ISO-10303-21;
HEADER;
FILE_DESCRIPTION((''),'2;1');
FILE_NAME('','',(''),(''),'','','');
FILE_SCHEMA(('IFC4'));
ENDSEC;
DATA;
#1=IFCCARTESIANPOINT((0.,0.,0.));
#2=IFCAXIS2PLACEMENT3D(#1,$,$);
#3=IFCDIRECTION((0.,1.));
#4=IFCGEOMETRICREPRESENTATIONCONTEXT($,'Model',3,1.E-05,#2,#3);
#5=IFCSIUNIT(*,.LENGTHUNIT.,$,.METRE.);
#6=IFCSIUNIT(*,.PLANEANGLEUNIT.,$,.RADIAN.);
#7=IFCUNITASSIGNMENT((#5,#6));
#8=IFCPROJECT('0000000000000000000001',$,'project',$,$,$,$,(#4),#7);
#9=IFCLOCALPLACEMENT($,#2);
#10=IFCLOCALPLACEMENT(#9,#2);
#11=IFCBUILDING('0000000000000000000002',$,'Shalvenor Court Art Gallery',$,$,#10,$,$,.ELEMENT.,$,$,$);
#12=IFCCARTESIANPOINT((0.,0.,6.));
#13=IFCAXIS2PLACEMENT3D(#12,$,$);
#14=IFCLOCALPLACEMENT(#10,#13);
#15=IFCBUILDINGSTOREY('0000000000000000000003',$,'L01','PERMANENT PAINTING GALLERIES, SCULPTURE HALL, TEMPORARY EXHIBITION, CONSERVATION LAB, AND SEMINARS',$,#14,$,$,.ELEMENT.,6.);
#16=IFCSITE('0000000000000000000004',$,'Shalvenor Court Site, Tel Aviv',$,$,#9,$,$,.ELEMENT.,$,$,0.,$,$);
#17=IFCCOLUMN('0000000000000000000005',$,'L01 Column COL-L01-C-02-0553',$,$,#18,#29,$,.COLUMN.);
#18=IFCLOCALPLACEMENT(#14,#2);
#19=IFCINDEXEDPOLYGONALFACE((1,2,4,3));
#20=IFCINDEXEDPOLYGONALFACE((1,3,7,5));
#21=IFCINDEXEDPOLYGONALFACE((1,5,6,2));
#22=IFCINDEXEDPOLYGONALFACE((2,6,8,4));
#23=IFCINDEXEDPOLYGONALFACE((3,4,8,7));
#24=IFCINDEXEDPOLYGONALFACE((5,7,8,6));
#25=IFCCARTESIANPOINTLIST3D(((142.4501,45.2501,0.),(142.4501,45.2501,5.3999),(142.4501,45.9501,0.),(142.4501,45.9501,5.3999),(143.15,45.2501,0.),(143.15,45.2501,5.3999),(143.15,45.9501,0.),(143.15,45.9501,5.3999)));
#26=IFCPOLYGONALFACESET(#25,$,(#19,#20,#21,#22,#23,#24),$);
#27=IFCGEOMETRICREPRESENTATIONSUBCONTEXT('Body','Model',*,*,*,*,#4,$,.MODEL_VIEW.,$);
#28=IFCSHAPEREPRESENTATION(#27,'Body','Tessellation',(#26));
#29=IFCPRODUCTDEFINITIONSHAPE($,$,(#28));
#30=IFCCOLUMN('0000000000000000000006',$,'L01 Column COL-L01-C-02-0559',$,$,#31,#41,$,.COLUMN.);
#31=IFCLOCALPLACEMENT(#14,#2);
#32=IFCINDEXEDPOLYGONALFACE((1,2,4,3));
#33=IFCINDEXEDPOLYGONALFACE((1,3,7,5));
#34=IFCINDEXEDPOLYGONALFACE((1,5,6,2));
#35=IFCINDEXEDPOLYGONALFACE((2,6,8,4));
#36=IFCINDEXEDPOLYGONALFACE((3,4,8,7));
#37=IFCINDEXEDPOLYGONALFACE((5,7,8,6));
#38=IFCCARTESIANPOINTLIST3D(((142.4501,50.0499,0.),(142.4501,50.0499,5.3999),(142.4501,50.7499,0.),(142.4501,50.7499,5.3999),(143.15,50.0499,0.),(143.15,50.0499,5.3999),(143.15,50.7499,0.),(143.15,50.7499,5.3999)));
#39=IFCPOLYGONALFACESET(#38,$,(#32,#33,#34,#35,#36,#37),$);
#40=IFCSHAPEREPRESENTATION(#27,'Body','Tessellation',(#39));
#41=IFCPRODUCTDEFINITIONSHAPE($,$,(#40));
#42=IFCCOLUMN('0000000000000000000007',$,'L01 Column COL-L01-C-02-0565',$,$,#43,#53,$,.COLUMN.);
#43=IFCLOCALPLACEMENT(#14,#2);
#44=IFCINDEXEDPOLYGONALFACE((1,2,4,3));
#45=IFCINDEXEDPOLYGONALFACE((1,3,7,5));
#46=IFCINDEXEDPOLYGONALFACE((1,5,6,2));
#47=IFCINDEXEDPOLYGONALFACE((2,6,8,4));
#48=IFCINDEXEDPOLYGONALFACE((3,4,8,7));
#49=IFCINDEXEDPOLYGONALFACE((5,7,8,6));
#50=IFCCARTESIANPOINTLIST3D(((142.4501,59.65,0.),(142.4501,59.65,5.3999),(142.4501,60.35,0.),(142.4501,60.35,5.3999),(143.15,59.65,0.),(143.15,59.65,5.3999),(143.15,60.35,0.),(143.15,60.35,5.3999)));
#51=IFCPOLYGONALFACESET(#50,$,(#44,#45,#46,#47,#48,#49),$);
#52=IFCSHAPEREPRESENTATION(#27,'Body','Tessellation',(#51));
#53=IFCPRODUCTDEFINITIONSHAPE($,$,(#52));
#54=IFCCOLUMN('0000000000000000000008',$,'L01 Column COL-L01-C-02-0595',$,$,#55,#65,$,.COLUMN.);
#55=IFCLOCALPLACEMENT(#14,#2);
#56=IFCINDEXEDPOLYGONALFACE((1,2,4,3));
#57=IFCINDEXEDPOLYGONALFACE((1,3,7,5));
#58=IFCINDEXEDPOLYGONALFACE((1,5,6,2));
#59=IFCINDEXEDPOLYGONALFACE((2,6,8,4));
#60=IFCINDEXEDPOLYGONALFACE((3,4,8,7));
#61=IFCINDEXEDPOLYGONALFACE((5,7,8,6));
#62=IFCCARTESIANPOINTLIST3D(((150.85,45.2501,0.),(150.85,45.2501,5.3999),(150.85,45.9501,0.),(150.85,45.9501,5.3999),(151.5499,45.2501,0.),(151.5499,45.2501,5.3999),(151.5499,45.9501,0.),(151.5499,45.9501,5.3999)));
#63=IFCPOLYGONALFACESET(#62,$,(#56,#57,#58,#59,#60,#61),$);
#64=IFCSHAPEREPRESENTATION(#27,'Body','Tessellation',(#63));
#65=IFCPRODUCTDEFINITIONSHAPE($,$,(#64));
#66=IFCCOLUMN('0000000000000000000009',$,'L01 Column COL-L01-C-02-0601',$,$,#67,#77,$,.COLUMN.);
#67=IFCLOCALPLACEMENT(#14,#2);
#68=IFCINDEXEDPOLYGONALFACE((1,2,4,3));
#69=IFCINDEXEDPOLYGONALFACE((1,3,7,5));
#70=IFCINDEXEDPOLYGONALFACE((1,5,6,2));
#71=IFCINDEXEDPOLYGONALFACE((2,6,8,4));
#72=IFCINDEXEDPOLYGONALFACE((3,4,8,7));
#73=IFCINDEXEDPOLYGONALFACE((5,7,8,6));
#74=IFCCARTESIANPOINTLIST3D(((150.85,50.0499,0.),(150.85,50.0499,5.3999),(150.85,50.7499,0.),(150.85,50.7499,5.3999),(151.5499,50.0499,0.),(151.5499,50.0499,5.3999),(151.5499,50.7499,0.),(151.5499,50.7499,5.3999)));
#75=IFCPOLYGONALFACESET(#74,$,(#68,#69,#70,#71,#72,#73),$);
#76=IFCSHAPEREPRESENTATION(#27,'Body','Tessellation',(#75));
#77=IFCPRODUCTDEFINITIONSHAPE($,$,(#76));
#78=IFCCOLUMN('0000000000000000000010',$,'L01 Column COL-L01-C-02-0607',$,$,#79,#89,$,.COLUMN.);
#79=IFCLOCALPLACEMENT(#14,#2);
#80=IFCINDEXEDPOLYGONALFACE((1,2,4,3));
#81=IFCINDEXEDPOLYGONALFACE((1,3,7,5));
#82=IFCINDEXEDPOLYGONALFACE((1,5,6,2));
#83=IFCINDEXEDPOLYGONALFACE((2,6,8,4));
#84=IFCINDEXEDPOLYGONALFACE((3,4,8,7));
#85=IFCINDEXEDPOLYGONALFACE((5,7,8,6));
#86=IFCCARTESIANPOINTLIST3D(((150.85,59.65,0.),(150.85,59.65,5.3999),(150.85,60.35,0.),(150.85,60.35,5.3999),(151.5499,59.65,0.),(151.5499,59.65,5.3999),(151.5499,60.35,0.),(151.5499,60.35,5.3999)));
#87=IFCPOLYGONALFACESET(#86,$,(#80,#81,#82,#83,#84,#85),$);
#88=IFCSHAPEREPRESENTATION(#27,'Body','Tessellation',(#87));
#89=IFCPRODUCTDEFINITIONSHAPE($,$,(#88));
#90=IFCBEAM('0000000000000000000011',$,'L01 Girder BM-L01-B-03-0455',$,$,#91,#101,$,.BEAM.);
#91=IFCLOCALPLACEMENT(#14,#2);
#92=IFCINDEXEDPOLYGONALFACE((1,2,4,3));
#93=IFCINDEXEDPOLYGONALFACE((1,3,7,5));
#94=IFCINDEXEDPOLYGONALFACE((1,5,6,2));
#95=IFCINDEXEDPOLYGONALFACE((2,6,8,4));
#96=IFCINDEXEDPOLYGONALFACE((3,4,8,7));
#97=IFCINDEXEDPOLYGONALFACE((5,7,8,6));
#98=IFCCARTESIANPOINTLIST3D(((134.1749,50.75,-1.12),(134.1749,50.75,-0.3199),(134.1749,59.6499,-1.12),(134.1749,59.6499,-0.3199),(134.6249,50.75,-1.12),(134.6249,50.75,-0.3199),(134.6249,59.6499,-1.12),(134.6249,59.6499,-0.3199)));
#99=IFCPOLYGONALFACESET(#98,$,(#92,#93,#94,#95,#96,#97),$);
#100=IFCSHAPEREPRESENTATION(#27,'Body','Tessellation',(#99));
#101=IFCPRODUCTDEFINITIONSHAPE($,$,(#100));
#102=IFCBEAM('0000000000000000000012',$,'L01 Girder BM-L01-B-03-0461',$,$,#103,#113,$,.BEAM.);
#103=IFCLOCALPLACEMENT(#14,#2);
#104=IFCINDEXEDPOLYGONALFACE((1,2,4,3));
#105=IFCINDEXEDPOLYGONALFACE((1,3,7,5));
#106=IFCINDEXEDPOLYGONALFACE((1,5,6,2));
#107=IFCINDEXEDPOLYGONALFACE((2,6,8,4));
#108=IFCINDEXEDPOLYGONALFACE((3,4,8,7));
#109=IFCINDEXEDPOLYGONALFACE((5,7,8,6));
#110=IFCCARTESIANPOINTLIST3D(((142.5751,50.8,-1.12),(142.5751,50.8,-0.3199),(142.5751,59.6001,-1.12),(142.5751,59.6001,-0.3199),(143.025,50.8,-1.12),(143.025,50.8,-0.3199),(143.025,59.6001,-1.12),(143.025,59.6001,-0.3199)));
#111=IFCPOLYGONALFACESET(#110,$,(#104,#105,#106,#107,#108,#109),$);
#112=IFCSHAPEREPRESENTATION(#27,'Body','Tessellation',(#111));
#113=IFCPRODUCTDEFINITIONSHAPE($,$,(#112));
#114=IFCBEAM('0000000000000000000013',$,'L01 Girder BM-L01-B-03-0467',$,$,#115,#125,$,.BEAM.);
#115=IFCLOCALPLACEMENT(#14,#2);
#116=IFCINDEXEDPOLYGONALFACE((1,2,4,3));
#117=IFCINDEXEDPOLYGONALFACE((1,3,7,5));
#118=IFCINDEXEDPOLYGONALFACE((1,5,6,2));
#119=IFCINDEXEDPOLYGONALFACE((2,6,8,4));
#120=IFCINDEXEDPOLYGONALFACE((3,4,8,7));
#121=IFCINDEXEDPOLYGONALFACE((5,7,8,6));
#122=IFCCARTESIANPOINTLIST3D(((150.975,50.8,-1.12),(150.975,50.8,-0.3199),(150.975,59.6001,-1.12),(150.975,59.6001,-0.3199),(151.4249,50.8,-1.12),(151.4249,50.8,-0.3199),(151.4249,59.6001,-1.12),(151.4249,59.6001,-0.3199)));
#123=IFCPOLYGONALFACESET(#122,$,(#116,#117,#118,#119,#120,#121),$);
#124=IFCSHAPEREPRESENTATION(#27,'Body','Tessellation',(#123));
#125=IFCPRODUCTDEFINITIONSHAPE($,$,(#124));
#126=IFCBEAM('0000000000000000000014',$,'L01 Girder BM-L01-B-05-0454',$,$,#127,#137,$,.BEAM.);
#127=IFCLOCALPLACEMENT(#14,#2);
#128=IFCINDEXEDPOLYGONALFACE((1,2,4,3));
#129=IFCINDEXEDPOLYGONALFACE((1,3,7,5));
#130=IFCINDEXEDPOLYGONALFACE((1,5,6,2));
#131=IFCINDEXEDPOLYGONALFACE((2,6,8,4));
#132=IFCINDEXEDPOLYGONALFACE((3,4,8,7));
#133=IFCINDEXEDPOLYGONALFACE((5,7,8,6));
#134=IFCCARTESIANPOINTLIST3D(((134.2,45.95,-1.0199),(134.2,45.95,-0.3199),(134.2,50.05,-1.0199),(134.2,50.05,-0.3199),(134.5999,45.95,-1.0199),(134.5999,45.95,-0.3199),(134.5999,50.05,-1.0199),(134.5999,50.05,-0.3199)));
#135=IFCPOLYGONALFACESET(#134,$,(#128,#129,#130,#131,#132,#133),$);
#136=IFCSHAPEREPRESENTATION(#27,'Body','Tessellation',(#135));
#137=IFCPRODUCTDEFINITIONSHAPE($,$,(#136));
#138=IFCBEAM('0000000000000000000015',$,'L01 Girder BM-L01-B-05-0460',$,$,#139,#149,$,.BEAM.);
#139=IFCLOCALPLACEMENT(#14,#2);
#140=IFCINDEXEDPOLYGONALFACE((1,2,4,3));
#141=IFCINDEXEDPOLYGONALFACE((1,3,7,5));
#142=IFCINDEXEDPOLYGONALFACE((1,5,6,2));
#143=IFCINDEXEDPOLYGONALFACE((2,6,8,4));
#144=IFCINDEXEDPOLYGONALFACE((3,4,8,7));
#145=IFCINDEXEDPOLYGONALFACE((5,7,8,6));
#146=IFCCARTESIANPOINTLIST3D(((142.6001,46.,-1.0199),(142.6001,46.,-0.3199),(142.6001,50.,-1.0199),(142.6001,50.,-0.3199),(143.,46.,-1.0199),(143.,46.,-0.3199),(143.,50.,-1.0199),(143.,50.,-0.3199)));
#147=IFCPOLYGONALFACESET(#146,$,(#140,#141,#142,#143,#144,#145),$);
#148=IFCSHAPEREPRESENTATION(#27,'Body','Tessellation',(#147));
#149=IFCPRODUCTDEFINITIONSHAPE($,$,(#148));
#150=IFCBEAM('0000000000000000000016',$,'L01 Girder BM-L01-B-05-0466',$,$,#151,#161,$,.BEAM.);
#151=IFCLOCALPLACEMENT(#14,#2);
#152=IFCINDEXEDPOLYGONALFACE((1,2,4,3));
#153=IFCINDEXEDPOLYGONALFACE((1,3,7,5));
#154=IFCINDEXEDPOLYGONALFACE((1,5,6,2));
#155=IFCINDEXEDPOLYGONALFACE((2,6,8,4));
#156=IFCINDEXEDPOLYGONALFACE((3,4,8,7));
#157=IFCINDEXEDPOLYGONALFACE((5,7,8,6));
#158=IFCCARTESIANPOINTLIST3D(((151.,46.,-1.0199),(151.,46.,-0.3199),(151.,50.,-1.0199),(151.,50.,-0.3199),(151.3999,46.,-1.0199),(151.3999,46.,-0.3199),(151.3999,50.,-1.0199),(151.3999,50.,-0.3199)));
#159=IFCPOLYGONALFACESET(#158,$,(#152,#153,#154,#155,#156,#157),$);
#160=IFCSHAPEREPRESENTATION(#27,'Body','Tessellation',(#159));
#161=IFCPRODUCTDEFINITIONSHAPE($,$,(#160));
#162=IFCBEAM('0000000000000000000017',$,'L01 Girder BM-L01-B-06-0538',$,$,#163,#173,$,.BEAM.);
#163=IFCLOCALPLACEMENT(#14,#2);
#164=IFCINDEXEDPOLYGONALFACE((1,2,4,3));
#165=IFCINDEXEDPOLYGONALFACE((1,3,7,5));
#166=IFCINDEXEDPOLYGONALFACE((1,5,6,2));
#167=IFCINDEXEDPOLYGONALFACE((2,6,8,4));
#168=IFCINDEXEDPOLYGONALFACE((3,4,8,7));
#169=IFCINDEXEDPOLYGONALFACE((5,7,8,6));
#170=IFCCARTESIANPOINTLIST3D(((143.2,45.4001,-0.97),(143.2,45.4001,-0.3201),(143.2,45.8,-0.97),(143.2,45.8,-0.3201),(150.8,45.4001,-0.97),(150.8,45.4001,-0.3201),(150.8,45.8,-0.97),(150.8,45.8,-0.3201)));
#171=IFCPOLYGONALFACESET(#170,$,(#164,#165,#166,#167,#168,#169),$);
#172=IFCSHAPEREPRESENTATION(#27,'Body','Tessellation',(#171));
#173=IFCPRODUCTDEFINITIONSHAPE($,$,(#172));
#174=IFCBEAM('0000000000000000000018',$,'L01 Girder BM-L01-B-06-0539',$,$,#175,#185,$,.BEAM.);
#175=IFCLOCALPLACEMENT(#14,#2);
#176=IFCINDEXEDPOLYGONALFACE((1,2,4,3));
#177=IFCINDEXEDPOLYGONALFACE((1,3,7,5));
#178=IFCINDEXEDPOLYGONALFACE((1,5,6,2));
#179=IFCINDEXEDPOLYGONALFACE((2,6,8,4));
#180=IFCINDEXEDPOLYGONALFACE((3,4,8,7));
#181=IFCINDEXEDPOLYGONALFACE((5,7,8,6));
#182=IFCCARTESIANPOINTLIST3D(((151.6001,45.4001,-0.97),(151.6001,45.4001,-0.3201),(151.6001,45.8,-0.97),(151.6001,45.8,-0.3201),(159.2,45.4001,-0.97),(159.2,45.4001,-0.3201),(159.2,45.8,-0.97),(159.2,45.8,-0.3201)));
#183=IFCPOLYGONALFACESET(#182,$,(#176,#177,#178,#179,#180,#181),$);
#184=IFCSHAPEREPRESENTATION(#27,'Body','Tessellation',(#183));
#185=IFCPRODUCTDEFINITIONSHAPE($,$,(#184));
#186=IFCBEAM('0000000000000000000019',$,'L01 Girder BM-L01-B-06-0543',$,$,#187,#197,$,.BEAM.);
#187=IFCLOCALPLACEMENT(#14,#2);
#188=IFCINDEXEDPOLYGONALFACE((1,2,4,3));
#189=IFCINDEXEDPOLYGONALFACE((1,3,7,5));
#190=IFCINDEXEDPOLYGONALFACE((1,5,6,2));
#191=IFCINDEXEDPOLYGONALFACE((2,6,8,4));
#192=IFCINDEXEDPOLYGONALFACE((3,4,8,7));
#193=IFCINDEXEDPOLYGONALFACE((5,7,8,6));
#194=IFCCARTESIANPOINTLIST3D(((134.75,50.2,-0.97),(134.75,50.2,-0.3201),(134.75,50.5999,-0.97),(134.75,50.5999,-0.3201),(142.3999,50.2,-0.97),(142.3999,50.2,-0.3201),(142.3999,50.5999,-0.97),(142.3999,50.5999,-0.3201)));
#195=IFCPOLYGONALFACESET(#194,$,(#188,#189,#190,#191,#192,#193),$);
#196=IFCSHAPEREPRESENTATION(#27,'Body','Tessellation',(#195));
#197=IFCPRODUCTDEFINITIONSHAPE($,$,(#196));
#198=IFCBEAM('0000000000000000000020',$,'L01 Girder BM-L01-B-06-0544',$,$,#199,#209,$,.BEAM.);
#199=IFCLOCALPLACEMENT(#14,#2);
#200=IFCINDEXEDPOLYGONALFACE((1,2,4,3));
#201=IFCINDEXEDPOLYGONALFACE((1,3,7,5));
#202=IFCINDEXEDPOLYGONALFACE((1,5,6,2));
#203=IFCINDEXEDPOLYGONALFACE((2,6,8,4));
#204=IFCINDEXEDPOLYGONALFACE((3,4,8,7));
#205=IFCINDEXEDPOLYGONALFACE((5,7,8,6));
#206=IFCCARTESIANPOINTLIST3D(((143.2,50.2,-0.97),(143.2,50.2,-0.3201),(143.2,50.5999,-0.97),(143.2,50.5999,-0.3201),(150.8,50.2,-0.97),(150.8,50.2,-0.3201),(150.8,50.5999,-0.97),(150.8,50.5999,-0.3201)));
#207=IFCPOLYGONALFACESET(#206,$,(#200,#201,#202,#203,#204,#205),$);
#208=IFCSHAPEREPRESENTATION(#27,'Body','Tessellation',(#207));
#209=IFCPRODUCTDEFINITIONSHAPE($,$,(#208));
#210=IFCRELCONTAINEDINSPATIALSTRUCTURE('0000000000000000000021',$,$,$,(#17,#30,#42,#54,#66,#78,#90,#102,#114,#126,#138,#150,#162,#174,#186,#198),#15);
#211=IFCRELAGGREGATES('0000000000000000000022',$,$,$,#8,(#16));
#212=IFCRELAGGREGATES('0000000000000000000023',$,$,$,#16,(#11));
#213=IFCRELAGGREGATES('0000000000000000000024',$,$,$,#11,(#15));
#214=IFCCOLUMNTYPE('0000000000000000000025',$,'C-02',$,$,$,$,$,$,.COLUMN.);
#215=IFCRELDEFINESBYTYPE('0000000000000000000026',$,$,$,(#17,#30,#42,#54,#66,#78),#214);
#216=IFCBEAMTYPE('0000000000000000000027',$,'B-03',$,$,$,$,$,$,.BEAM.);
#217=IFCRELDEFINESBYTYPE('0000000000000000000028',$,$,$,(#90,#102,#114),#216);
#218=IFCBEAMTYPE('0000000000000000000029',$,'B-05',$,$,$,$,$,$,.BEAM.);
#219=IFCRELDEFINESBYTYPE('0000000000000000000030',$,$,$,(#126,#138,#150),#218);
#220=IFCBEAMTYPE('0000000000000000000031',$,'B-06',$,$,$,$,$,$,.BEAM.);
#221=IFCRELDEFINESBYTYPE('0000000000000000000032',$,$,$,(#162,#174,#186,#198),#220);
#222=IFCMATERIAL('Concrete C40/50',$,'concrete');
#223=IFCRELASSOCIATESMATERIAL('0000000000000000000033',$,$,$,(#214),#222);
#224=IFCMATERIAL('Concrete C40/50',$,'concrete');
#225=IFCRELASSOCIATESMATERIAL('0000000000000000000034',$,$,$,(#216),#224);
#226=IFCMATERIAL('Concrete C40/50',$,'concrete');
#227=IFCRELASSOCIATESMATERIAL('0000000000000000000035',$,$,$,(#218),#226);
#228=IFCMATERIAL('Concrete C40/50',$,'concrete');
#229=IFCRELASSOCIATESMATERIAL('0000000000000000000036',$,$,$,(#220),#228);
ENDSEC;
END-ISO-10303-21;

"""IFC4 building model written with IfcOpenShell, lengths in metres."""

from ifc_helpers import new_model, si_unit, direction, frame, origin, origin_2d, place, context, subcontext, project, spatial, rectangle, extrude, material, material_profile, profile_set, type_object, element, save


model = new_model("IFC4")

# Units and contexts
model_context = context("Model", 3, precision=1e-05, world=origin(), true_north=direction((0.0, 1.0)))
body_context = subcontext(model_context, "Body", "Model", "MODEL_VIEW")
ifc_project = project(units=[si_unit("LENGTHUNIT", "METRE"), si_unit("PLANEANGLEUNIT", "RADIAN")], contexts=[model_context])

# Site, building, storey
site_placement = place(None, origin())
site = spatial("IfcSite", under=ifc_project, at=site_placement, Name="Shalvenor Court Site, Tel Aviv", CompositionType="ELEMENT", RefElevation=0.0)
building_placement = place(site_placement, origin())
building = spatial("IfcBuilding", under=site, at=building_placement, Name="Shalvenor Court Art Gallery", CompositionType="ELEMENT")
storey_placement = place(building_placement, frame((0.0, 0.0, 6.0)))
storey = spatial("IfcBuildingStorey", under=building, at=storey_placement, Name="L01", Description="PERMANENT PAINTING GALLERIES, SCULPTURE HALL, TEMPORARY EXHIBITION, CONSERVATION LAB, AND SEMINARS", CompositionType="ELEMENT", Elevation=6.0)

# Columns
ifc_material_1 = material(Name="Concrete C40/50", Category="concrete")
ifc_material_profile_1 = material_profile(ifc_material_1, rectangle(XDim=0.7, YDim=0.7, at=origin_2d()), Name="RC 700x700")
ifc_profile_set_1 = profile_set([ifc_material_profile_1], Name="Concrete C40/50")
column_type = type_object("IfcColumnType", Name="C-02", PredefinedType="COLUMN", material=ifc_profile_set_1)
for number, where, z_axis, x_axis, name in (
    (1, (142.8, 45.6001, 0.0), (0.0, 0.0, 1.0), (1.0, 0.0, 0.0), "L01 Column COL-L01-C-02-0553"),
    (2, (142.8, 50.3999, 0.0), (0.0, 0.0, 1.0), (1.0, 0.0, 0.0), "L01 Column COL-L01-C-02-0559"),
    (3, (142.8, 60.0, 0.0), (0.0, 0.0, 1.0), (1.0, 0.0, 0.0), "L01 Column COL-L01-C-02-0565"),
    (4, (151.2, 45.6001, 0.0), (0.0, 0.0, 1.0), (1.0, 0.0, 0.0), "L01 Column COL-L01-C-02-0595"),
    (5, (151.2, 50.3999, 0.0), (0.0, 0.0, 1.0), (1.0, 0.0, 0.0), "L01 Column COL-L01-C-02-0601"),
    (6, (151.2, 60.0, 0.0), (0.0, 0.0, 1.0), (1.0, 0.0, 0.0), "L01 Column COL-L01-C-02-0607"),
):
    element("IfcColumn", number, at=place(storey_placement, frame(where, z_axis=z_axis, x_axis=x_axis)), inside=storey, type_object=column_type, Name=name, PredefinedType="COLUMN", context=body_context, shape_type="SweptSolid", body=[
        extrude(rectangle(XDim=0.7, YDim=0.7, at=origin_2d()), origin(), (0.0, 0.0, 1.0), 5.3999),
    ])

# Beams
ifc_material_2 = material(Name="Concrete C40/50", Category="concrete")
ifc_material_profile_2 = material_profile(ifc_material_2, rectangle(XDim=0.45, YDim=0.8, at=origin_2d()), Name="RC 450x800")
ifc_profile_set_2 = profile_set([ifc_material_profile_2], Name="Concrete C40/50")
beam_type_1 = type_object("IfcBeamType", Name="B-03", PredefinedType="BEAM", material=ifc_profile_set_2)
beam_1_placement = place(storey_placement, frame((134.3999, 50.75, -0.72), z_axis=(0.0, 1.0, 0.0), x_axis=(-1.0, 0.0, 0.0)))
element("IfcBeam", 7, at=beam_1_placement, inside=storey, type_object=beam_type_1, Name="L01 Girder BM-L01-B-03-0455", PredefinedType="BEAM", context=body_context, shape_type="SweptSolid", body=[
    extrude(rectangle(XDim=0.45, YDim=0.8, at=origin_2d()), origin(), (0.0, 0.0, 1.0), 8.8999),
])
for number, where, z_axis, x_axis, name in (
    (8, (142.8, 50.8, -0.72), (0.0, 1.0, 0.0), (-1.0, 0.0, 0.0), "L01 Girder BM-L01-B-03-0461"),
    (9, (151.2, 50.8, -0.72), (0.0, 1.0, 0.0), (-1.0, 0.0, 0.0), "L01 Girder BM-L01-B-03-0467"),
):
    element("IfcBeam", number, at=place(storey_placement, frame(where, z_axis=z_axis, x_axis=x_axis)), inside=storey, type_object=beam_type_1, Name=name, PredefinedType="BEAM", context=body_context, shape_type="SweptSolid", body=[
        extrude(rectangle(XDim=0.45, YDim=0.8, at=origin_2d()), origin(), (0.0, 0.0, 1.0), 8.8),
    ])
ifc_material_3 = material(Name="Concrete C40/50", Category="concrete")
ifc_material_profile_3 = material_profile(ifc_material_3, rectangle(XDim=0.3999, YDim=0.7, at=origin_2d()), Name="RC 400x700")
ifc_profile_set_3 = profile_set([ifc_material_profile_3], Name="Concrete C40/50")
beam_type_2 = type_object("IfcBeamType", Name="B-05", PredefinedType="BEAM", material=ifc_profile_set_3)
beam_2_placement = place(storey_placement, frame((134.3999, 45.95, -0.6699), z_axis=(0.0, 1.0, 0.0), x_axis=(-1.0, 0.0, 0.0)))
element("IfcBeam", 10, at=beam_2_placement, inside=storey, type_object=beam_type_2, Name="L01 Girder BM-L01-B-05-0454", PredefinedType="BEAM", context=body_context, shape_type="SweptSolid", body=[
    extrude(rectangle(XDim=0.3999, YDim=0.7, at=origin_2d()), origin(), (0.0, 0.0, 1.0), 4.1001),
])
for number, where, z_axis, x_axis, name in (
    (11, (142.8, 46.0, -0.6699), (0.0, 1.0, 0.0), (-1.0, 0.0, 0.0), "L01 Girder BM-L01-B-05-0460"),
    (12, (151.2, 46.0, -0.6699), (0.0, 1.0, 0.0), (-1.0, 0.0, 0.0), "L01 Girder BM-L01-B-05-0466"),
):
    element("IfcBeam", number, at=place(storey_placement, frame(where, z_axis=z_axis, x_axis=x_axis)), inside=storey, type_object=beam_type_2, Name=name, PredefinedType="BEAM", context=body_context, shape_type="SweptSolid", body=[
        extrude(rectangle(XDim=0.3999, YDim=0.7, at=origin_2d()), origin(), (0.0, 0.0, 1.0), 4.0),
    ])
ifc_material_4 = material(Name="Concrete C40/50", Category="concrete")
ifc_material_profile_4 = material_profile(ifc_material_4, rectangle(XDim=0.3999, YDim=0.6499, at=origin_2d()), Name="RC 400x650")
ifc_profile_set_4 = profile_set([ifc_material_profile_4], Name="Concrete C40/50")
beam_type_3 = type_object("IfcBeamType", Name="B-06", PredefinedType="BEAM", material=ifc_profile_set_4)
beam_3_placement = place(storey_placement, frame((143.2, 45.6001, -0.645), z_axis=(1.0, 0.0, 0.0), x_axis=(0.0, 1.0, 0.0)))
element("IfcBeam", 13, at=beam_3_placement, inside=storey, type_object=beam_type_3, Name="L01 Girder BM-L01-B-06-0538", PredefinedType="BEAM", context=body_context, shape_type="SweptSolid", body=[
    extrude(rectangle(XDim=0.3999, YDim=0.6499, at=origin_2d()), origin(), (0.0, 0.0, 1.0), 7.6001),
])
beam_4_placement = place(storey_placement, frame((151.6001, 45.6001, -0.645), z_axis=(1.0, 0.0, 0.0), x_axis=(0.0, 1.0, 0.0)))
element("IfcBeam", 14, at=beam_4_placement, inside=storey, type_object=beam_type_3, Name="L01 Girder BM-L01-B-06-0539", PredefinedType="BEAM", context=body_context, shape_type="SweptSolid", body=[
    extrude(rectangle(XDim=0.3999, YDim=0.6499, at=origin_2d()), origin(), (0.0, 0.0, 1.0), 7.5999),
])
beam_5_placement = place(storey_placement, frame((134.75, 50.3999, -0.645), z_axis=(1.0, 0.0, 0.0), x_axis=(0.0, 1.0, 0.0)))
element("IfcBeam", 15, at=beam_5_placement, inside=storey, type_object=beam_type_3, Name="L01 Girder BM-L01-B-06-0543", PredefinedType="BEAM", context=body_context, shape_type="SweptSolid", body=[
    extrude(rectangle(XDim=0.3999, YDim=0.6499, at=origin_2d()), origin(), (0.0, 0.0, 1.0), 7.6499),
])
beam_6_placement = place(storey_placement, frame((143.2, 50.3999, -0.645), z_axis=(1.0, 0.0, 0.0), x_axis=(0.0, 1.0, 0.0)))
element("IfcBeam", 16, at=beam_6_placement, inside=storey, type_object=beam_type_3, Name="L01 Girder BM-L01-B-06-0544", PredefinedType="BEAM", context=body_context, shape_type="SweptSolid", body=[
    extrude(rectangle(XDim=0.3999, YDim=0.6499, at=origin_2d()), origin(), (0.0, 0.0, 1.0), 7.6001),
])

save(model, "model.ifc")
